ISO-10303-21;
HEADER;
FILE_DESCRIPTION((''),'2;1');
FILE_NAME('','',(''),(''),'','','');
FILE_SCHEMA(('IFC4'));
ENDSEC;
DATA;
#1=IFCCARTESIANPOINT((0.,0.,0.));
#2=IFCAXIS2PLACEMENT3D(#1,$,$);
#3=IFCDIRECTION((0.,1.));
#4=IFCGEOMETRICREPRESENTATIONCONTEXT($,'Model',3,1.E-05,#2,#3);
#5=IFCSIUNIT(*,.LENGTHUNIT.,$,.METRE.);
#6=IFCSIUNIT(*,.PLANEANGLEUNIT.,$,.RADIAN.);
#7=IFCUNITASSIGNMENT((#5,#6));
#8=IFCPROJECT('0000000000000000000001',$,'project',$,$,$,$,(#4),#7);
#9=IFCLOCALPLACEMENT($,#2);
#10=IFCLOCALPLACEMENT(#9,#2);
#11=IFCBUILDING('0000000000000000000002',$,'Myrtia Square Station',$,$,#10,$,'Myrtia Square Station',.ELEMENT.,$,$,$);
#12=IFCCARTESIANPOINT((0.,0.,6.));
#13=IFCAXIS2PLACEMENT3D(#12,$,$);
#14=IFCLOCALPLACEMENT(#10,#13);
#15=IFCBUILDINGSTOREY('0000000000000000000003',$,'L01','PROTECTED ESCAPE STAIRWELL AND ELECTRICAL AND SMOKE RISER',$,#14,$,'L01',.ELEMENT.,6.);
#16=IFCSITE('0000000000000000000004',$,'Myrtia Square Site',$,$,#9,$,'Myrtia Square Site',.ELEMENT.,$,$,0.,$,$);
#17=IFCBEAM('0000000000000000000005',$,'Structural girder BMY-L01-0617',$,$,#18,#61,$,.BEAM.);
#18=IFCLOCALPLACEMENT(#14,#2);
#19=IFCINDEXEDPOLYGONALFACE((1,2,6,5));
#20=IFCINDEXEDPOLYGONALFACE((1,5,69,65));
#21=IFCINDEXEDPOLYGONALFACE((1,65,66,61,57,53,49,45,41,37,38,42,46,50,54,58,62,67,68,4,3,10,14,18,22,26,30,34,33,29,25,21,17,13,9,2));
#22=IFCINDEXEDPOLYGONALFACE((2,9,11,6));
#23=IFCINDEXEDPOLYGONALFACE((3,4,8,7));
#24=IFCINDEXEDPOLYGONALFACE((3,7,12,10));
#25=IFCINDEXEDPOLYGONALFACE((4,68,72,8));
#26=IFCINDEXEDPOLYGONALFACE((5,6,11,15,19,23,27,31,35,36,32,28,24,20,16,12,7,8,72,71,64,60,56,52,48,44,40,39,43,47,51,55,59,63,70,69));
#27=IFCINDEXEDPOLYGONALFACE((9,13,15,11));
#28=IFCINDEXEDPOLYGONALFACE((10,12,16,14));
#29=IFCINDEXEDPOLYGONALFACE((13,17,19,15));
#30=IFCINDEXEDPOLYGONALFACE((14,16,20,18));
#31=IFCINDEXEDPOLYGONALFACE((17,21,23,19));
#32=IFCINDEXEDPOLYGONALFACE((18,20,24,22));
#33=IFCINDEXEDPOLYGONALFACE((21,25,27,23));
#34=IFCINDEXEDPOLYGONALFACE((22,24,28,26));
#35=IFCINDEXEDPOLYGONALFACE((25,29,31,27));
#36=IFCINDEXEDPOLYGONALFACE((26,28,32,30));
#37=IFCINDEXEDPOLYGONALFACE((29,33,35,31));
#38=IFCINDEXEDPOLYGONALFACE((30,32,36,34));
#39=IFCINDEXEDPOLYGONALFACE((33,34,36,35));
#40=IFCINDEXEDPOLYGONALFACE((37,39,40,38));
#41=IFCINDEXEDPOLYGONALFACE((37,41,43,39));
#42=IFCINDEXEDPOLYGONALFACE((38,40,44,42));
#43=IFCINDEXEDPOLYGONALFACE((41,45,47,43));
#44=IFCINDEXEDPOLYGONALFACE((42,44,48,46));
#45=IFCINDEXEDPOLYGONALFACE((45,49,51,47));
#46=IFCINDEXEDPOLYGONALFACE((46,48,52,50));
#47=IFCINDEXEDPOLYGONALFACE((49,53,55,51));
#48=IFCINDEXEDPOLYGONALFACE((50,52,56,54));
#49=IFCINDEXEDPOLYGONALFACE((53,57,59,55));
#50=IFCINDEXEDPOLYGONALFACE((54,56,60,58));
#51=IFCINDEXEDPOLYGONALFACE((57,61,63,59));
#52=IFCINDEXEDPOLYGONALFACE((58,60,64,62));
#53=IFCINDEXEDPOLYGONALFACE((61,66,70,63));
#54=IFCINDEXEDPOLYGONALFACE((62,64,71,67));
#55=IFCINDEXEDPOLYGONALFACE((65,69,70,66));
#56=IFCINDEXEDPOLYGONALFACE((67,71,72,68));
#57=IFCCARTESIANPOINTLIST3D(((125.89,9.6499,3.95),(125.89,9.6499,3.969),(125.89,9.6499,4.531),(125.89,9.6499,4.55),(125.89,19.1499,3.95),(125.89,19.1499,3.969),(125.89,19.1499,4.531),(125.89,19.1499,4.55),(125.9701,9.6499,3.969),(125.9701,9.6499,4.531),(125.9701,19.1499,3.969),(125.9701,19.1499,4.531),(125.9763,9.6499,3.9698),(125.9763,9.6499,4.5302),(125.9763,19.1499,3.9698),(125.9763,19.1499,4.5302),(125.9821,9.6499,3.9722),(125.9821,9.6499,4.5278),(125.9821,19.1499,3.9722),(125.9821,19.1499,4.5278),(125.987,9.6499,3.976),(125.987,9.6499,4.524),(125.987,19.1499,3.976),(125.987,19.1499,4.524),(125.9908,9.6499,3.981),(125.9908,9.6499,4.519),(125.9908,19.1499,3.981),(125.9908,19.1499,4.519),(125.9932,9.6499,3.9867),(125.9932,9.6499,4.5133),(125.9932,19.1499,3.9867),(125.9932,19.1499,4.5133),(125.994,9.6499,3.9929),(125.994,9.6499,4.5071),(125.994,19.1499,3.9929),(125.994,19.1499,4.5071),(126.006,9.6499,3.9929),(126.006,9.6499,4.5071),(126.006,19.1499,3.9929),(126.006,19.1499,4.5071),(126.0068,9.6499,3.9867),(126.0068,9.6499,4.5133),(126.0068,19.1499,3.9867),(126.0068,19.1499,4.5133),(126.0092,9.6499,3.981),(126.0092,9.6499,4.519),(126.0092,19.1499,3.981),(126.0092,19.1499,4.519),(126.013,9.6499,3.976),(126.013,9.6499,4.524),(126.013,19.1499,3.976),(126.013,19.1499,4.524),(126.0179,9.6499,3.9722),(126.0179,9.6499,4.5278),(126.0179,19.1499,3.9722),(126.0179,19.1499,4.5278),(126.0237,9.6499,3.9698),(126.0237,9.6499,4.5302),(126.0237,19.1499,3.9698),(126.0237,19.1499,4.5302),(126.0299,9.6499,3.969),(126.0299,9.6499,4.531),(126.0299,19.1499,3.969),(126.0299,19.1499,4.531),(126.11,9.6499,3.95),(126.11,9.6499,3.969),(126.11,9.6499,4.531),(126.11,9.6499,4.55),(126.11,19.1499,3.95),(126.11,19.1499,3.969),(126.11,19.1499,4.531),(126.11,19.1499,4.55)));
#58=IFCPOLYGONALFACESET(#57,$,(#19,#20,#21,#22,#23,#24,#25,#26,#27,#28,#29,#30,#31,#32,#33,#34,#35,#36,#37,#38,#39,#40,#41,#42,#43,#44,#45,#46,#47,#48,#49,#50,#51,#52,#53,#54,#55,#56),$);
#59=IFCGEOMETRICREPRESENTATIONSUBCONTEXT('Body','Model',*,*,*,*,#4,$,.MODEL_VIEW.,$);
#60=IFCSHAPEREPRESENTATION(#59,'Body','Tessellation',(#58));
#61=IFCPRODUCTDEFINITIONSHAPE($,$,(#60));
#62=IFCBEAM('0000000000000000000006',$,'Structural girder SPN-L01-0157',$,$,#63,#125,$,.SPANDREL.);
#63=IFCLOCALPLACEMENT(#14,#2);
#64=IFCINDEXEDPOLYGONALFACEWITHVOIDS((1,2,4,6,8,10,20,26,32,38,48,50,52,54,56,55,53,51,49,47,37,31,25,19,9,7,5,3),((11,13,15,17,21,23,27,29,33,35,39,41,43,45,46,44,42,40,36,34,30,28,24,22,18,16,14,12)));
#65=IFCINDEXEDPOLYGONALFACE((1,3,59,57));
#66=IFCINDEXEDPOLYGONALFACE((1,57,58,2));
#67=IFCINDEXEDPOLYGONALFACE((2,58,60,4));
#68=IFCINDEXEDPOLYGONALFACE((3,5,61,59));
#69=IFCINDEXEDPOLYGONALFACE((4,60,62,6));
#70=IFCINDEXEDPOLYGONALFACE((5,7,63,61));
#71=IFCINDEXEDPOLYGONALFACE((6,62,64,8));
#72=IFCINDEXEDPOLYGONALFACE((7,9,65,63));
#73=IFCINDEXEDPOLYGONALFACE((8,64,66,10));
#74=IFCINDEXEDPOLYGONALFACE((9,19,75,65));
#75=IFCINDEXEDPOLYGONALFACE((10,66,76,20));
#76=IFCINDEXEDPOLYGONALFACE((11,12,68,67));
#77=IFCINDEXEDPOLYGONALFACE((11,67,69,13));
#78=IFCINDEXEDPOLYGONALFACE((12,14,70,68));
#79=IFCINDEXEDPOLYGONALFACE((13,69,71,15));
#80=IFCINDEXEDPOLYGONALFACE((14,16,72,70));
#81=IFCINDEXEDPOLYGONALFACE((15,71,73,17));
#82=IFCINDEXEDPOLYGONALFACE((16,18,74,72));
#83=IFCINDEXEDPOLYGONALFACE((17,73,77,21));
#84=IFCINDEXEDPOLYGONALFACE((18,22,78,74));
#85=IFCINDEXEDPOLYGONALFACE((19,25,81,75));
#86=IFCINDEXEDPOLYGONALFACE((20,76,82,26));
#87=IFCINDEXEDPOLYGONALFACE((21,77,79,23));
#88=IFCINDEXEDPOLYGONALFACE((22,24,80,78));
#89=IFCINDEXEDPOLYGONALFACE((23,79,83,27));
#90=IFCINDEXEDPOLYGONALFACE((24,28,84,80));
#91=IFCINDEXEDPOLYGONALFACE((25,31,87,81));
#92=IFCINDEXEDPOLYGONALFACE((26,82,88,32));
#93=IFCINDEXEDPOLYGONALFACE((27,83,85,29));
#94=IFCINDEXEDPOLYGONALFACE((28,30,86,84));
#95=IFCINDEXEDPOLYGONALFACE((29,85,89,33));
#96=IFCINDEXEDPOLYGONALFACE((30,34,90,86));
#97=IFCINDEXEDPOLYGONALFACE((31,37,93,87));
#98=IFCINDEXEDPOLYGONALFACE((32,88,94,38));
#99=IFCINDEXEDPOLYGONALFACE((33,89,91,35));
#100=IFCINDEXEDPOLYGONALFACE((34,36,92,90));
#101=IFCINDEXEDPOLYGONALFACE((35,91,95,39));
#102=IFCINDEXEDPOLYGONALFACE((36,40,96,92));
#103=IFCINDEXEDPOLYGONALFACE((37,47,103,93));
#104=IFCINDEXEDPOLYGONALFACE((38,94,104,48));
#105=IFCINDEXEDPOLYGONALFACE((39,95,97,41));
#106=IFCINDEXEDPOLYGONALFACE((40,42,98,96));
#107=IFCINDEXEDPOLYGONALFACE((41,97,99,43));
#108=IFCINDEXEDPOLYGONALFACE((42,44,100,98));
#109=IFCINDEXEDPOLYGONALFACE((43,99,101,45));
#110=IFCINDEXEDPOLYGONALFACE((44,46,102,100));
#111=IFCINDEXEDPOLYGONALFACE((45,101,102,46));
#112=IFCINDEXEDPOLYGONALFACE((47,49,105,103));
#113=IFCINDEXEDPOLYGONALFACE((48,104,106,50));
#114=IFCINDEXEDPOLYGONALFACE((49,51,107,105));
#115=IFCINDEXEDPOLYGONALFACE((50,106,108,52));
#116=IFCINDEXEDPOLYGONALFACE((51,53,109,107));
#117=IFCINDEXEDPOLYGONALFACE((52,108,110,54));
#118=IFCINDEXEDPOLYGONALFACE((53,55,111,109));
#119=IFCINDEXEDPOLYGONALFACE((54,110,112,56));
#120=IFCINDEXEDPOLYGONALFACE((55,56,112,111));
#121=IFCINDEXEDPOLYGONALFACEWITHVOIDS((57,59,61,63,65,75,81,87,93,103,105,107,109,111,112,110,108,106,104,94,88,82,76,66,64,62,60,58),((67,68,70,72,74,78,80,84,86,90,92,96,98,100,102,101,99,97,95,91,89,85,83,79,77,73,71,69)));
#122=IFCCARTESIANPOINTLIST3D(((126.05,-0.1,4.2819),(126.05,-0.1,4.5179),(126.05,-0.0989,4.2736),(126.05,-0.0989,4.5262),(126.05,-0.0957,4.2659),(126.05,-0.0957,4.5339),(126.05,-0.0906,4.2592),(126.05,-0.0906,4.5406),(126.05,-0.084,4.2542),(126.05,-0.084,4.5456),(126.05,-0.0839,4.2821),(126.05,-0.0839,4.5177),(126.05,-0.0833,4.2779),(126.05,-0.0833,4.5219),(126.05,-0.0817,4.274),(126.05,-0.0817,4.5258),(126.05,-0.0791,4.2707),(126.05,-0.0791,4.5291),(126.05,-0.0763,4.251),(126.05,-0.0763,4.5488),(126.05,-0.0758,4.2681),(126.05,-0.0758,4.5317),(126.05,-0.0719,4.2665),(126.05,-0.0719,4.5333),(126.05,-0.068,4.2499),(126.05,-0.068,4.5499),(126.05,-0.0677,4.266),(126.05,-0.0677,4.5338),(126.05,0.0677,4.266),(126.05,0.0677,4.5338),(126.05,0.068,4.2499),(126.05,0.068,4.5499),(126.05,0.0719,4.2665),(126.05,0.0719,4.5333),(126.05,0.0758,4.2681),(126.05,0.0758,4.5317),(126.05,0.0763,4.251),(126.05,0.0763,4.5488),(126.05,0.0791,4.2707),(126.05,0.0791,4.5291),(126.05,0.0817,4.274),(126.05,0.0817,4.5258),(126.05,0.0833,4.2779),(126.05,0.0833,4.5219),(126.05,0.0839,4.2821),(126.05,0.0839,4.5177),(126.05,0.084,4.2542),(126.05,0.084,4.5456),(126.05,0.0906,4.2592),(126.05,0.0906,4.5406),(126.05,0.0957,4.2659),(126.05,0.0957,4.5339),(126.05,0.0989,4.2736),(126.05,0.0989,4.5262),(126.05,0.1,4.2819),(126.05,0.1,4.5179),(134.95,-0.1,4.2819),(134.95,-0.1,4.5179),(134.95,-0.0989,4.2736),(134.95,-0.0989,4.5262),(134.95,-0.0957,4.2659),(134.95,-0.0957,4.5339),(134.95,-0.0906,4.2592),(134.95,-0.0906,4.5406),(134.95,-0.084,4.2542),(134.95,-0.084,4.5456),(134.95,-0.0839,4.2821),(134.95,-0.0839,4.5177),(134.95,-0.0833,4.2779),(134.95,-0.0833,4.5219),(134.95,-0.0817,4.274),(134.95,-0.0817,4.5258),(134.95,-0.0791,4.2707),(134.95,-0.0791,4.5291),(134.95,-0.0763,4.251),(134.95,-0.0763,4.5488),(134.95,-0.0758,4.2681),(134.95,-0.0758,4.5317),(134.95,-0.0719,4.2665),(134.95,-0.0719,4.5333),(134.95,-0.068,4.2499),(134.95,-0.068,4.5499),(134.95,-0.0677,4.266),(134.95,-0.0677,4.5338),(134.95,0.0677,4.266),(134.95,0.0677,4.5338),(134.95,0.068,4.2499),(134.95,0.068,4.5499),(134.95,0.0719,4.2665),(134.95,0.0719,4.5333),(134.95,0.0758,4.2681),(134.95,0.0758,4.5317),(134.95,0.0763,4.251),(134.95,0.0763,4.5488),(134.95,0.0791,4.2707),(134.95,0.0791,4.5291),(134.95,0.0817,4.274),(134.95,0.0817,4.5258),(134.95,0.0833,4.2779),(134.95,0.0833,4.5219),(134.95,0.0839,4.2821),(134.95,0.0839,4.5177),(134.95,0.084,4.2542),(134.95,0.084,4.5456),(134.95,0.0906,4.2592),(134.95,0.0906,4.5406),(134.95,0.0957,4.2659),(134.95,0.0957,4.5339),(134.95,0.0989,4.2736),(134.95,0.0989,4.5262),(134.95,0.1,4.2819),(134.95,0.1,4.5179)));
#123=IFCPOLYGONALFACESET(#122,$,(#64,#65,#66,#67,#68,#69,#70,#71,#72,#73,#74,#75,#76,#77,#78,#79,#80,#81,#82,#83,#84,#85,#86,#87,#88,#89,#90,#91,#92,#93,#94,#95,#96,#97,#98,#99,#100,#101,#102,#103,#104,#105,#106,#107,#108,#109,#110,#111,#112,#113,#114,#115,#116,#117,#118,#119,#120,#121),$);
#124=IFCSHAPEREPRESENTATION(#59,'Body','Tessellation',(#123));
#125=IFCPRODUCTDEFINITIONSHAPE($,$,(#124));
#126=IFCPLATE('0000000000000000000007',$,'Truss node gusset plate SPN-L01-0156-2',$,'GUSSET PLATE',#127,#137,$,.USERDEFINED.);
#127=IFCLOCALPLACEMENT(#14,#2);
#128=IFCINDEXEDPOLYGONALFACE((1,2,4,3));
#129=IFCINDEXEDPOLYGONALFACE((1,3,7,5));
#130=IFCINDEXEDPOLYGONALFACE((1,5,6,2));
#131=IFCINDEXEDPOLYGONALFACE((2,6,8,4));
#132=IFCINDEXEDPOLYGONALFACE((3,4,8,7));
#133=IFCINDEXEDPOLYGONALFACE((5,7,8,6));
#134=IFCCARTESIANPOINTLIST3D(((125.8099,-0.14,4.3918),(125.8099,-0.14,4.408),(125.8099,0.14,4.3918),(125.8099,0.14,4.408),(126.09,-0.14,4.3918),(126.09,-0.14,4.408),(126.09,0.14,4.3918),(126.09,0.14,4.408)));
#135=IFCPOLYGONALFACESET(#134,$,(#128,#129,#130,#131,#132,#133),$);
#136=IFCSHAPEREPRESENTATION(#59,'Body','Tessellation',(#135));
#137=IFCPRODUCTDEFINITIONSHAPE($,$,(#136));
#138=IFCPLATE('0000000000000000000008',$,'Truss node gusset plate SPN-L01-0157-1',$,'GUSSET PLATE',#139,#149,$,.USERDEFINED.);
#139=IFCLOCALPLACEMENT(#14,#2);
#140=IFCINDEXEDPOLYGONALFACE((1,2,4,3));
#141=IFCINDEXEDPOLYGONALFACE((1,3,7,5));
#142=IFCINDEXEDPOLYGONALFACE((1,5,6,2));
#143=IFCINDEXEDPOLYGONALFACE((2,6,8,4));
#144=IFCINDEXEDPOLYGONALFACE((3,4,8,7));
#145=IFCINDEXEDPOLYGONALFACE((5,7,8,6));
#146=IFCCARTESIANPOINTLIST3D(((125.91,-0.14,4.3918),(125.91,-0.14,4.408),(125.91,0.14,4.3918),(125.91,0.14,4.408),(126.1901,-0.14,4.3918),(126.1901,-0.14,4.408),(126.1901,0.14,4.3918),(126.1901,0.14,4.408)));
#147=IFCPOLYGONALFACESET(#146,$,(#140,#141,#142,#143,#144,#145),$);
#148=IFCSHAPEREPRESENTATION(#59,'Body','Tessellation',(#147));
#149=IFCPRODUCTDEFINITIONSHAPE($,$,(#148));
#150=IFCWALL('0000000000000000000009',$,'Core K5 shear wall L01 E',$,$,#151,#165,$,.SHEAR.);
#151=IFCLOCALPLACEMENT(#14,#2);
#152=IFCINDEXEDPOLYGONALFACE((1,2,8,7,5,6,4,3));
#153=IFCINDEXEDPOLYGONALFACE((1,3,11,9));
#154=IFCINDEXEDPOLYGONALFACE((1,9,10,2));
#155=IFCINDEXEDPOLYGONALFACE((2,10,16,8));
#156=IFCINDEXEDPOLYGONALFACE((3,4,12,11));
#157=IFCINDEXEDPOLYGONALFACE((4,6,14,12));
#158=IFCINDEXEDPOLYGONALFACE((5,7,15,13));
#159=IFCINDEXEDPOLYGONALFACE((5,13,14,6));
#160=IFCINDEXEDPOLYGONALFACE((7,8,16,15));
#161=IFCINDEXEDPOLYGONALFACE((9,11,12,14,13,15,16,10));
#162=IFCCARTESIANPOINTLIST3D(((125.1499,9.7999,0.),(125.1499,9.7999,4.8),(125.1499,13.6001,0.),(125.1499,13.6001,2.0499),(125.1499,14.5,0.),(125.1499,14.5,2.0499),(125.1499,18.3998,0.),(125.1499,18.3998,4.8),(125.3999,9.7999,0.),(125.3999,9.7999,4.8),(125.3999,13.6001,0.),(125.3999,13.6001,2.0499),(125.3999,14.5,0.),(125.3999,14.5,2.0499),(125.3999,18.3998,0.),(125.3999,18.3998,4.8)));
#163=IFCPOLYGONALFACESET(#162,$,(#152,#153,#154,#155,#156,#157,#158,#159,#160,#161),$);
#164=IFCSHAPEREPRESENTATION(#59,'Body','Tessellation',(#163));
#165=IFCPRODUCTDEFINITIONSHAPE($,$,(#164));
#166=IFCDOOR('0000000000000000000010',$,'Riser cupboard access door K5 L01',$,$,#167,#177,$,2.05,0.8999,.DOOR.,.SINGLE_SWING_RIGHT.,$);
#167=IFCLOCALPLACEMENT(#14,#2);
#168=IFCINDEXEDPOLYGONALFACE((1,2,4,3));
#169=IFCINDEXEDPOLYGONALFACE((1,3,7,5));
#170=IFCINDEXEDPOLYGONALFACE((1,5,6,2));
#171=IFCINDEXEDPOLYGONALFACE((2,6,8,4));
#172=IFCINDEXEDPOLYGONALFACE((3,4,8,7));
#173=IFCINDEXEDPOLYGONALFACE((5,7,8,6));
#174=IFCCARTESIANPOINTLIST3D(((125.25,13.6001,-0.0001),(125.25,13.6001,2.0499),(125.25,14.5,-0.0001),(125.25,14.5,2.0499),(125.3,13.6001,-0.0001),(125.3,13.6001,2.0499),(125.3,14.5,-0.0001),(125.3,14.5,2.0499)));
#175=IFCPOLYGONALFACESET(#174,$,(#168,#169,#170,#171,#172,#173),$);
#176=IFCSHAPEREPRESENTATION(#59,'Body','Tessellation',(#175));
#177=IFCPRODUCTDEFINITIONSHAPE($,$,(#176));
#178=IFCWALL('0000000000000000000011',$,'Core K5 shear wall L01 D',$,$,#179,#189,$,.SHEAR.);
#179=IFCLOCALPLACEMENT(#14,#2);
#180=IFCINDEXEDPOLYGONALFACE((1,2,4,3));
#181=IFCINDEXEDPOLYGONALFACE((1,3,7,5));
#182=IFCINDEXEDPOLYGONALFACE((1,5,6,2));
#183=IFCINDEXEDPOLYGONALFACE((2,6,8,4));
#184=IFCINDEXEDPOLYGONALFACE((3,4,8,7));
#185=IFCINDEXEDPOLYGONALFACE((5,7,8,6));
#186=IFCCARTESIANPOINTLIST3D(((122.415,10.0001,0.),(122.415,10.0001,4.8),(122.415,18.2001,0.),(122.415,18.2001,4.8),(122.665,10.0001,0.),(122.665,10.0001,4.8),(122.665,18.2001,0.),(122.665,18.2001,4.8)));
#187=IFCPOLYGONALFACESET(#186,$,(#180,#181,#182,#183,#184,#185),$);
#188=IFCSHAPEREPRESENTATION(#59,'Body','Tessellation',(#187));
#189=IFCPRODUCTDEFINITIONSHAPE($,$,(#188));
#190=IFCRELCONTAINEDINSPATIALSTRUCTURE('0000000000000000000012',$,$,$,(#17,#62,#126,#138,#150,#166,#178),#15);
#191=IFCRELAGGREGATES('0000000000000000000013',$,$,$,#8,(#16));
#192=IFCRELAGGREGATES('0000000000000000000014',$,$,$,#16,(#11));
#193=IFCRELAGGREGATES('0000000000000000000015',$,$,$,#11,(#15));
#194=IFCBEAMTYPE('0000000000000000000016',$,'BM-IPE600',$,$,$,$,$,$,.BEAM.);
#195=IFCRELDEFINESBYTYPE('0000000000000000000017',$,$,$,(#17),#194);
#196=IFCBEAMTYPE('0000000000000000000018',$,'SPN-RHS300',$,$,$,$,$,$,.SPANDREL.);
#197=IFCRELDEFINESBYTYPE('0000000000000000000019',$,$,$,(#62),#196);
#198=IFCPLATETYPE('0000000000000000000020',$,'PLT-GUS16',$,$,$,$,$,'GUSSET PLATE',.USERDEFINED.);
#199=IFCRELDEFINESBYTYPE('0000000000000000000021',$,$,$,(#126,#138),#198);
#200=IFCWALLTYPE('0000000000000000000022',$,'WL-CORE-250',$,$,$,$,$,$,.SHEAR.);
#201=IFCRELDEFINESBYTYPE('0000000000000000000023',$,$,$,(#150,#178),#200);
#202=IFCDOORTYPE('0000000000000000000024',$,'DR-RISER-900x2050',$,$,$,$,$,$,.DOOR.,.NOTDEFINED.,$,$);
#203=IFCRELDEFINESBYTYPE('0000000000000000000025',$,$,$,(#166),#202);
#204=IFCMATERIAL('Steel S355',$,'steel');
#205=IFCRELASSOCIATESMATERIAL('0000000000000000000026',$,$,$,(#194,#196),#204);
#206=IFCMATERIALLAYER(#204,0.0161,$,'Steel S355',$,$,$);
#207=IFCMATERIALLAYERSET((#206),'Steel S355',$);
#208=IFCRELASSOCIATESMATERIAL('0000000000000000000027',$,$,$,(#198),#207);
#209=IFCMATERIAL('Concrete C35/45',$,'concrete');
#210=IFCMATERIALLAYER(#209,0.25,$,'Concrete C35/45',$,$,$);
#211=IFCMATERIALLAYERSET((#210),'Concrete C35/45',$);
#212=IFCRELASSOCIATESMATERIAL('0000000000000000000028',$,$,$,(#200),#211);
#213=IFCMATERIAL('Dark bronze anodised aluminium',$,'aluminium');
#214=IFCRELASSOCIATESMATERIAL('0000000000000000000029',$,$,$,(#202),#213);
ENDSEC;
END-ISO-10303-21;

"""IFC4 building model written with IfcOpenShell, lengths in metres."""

from ifc_helpers import new_model, si_unit, direction, frame, frame_2d, origin, origin_2d, place, context, subcontext, project, spatial, rectangle, hollow_rectangle, i_section, extrude, material, layer, layer_set, material_profile, profile_set, type_object, element, fill, save


model = new_model("IFC4")

# Units and contexts
model_context = context("Model", 3, precision=1e-05, world=origin(), true_north=direction((0.0, 1.0)))
body_context = subcontext(model_context, "Body", "Model", "MODEL_VIEW")
ifc_project = project(units=[si_unit("LENGTHUNIT", "METRE"), si_unit("PLANEANGLEUNIT", "RADIAN")], contexts=[model_context])

# Site, building, storey
site_placement = place(None, origin())
site = spatial("IfcSite", under=ifc_project, at=site_placement, Name="Myrtia Square Site", LongName="Myrtia Square Site", CompositionType="ELEMENT", RefElevation=0.0)
building_placement = place(site_placement, origin())
building = spatial("IfcBuilding", under=site, at=building_placement, Name="Myrtia Square Station", LongName="Myrtia Square Station", CompositionType="ELEMENT")
storey_placement = place(building_placement, frame((0.0, 0.0, 6.0)))
storey = spatial("IfcBuildingStorey", under=building, at=storey_placement, Name="L01", Description="PROTECTED ESCAPE STAIRWELL AND ELECTRICAL AND SMOKE RISER", LongName="L01", CompositionType="ELEMENT", Elevation=6.0)

# Shared definitions
ifc_material_1 = material(Name="Steel S355", Category="steel")

# Beams
ifc_material_profile_1 = material_profile(ifc_material_1, i_section(OverallWidth=0.22, OverallDepth=0.6001, WebThickness=0.012, FlangeThickness=0.019, FilletRadius=0.0239, at=origin_2d()), Name="IPE 600")
ifc_profile_set_1 = profile_set([ifc_material_profile_1], Name="Steel S355")
beam_type_1 = type_object("IfcBeamType", Name="BM-IPE600", PredefinedType="BEAM", material=ifc_profile_set_1)
for number, where, z_axis, x_axis, name in (
    (1, (126.0, 9.6499, 4.25), (0.0, 1.0, 0.0), (-1.0, 0.0, 0.0), "Structural girder BMY-L01-0617"),
):
    element("IfcBeam", number, at=place(storey_placement, frame(where, z_axis=z_axis, x_axis=x_axis)), inside=storey, type_object=beam_type_1, Name=name, PredefinedType="BEAM", context=body_context, shape_type="SweptSolid", body=[
        extrude(i_section(OverallWidth=0.22, OverallDepth=0.6001, WebThickness=0.012, FlangeThickness=0.019, FilletRadius=0.0239, at=origin_2d()), origin(), (0.0, 0.0, 1.0), 9.5),
    ])
ifc_material_profile_2 = material_profile(ifc_material_1, hollow_rectangle(XDim=0.2, YDim=0.3, WallThickness=0.0161, InnerFilletRadius=0.0161, OuterFilletRadius=0.032, at=origin_2d()), Name="RHS 300x200x16")
ifc_profile_set_2 = profile_set([ifc_material_profile_2], Name="Steel S355")
beam_type_2 = type_object("IfcBeamType", Name="SPN-RHS300", PredefinedType="SPANDREL", material=ifc_profile_set_2)
beam_1_placement = place(storey_placement, frame((126.05, 0.0, 4.3999), z_axis=(1.0, 0.0, 0.0), x_axis=(0.0, 1.0, 0.0)))
element("IfcBeam", 2, at=beam_1_placement, inside=storey, type_object=beam_type_2, Name="Structural girder SPN-L01-0157", PredefinedType="SPANDREL", context=body_context, shape_type="SweptSolid", body=[
    extrude(hollow_rectangle(XDim=0.2, YDim=0.3, WallThickness=0.0161, InnerFilletRadius=0.0161, OuterFilletRadius=0.032, at=origin_2d()), origin(), (0.0, 0.0, 1.0), 8.8999),
])

# Plates
ifc_layer_1 = layer(ifc_material_1, 0.0161, Name="Steel S355")
ifc_layer_set_1 = layer_set([ifc_layer_1], Name="Steel S355")
plate_type = type_object("IfcPlateType", Name="PLT-GUS16", ElementType="GUSSET PLATE", PredefinedType="USERDEFINED", material=ifc_layer_set_1)
for number, where, z_axis, x_axis, name in (
    (3, (125.95, 0.0, 4.3918), (0.0, 0.0, 1.0), (1.0, 0.0, 0.0), "Truss node gusset plate SPN-L01-0156-2"),
    (4, (126.05, 0.0, 4.3918), (0.0, 0.0, 1.0), (1.0, 0.0, 0.0), "Truss node gusset plate SPN-L01-0157-1"),
):
    element("IfcPlate", number, at=place(storey_placement, frame(where, z_axis=z_axis, x_axis=x_axis)), inside=storey, type_object=plate_type, Name=name, ObjectType="GUSSET PLATE", PredefinedType="USERDEFINED", context=body_context, shape_type="SweptSolid", body=[
        extrude(rectangle(XDim=0.28, YDim=0.28, at=origin_2d()), origin(), (0.0, 0.0, 1.0), 0.0161),
    ])

# Wall, opening, door
ifc_material_2 = material(Name="Concrete C35/45", Category="concrete")
ifc_layer_2 = layer(ifc_material_2, 0.25, Name="Concrete C35/45")
ifc_layer_set_2 = layer_set([ifc_layer_2], Name="Concrete C35/45")
wall_type_1 = type_object("IfcWallType", Name="WL-CORE-250", PredefinedType="SHEAR", material=ifc_layer_set_2)
wall_1_placement = place(storey_placement, frame((125.2749, 9.8, 0.0), z_axis=(0.0, 0.0, 1.0), x_axis=(0.0, 1.0, 0.0)))
wall_1 = element("IfcWall", 5, at=wall_1_placement, inside=storey, type_object=wall_type_1, Name="Core K5 shear wall L01 E", PredefinedType="SHEAR", context=body_context, shape_type="SweptSolid", body=[
    extrude(rectangle(XDim=8.5999, YDim=0.25, at=frame_2d((4.2998, 0.0))), origin(), (0.0, 0.0, 1.0), 4.8),
])
opening_1_placement = place(wall_1_placement, frame((3.8, 0.0, 0.0)))
opening_1 = element("IfcOpeningElement", 6, at=opening_1_placement, cuts=wall_1, PredefinedType="OPENING", context=body_context, shape_type="SweptSolid", body=[
    extrude(rectangle(XDim=0.8999, YDim=2.05, at=frame_2d((0.45, 1.0249))), frame((0.0, 0.1399, 0.0), z_axis=(0.0, -1.0, 0.0), x_axis=(1.0, 0.0, 0.0)), (0.0, 0.0, 1.0), 0.28),
])
ifc_material_3 = material(Name="Dark bronze anodised aluminium", Category="aluminium")
door_type_1 = type_object("IfcDoorType", Name="DR-RISER-900x2050", OperationType="NOTDEFINED", PredefinedType="DOOR", material=ifc_material_3)
door_1_placement = place(opening_1_placement, origin())
door_1 = element("IfcDoor", 7, at=door_1_placement, inside=storey, type_object=door_type_1, Name="Riser cupboard access door K5 L01", OperationType="SINGLE_SWING_RIGHT", OverallHeight=2.05, OverallWidth=0.8999, PredefinedType="DOOR", context=body_context, shape_type="SweptSolid", body=[
    extrude(rectangle(XDim=0.8999, YDim=2.05, at=frame_2d((0.45, 1.0249))), frame((0.0, 0.0249, 0.0), z_axis=(0.0, -1.0, 0.0), x_axis=(1.0, 0.0, 0.0)), (0.0, 0.0, 1.0), 0.05),
])
fill(opening_1, door_1)

# Wall
wall_2_placement = place(storey_placement, frame((122.54, 10.0, 0.0), z_axis=(0.0, 0.0, 1.0), x_axis=(0.0, 1.0, 0.0)))
element("IfcWall", 8, at=wall_2_placement, inside=storey, type_object=wall_type_1, Name="Core K5 shear wall L01 D", PredefinedType="SHEAR", context=body_context, shape_type="SweptSolid", body=[
    extrude(rectangle(XDim=8.2, YDim=0.25, at=frame_2d((4.1001, 0.0))), origin(), (0.0, 0.0, 1.0), 4.8),
])

save(model, "model.ifc")
